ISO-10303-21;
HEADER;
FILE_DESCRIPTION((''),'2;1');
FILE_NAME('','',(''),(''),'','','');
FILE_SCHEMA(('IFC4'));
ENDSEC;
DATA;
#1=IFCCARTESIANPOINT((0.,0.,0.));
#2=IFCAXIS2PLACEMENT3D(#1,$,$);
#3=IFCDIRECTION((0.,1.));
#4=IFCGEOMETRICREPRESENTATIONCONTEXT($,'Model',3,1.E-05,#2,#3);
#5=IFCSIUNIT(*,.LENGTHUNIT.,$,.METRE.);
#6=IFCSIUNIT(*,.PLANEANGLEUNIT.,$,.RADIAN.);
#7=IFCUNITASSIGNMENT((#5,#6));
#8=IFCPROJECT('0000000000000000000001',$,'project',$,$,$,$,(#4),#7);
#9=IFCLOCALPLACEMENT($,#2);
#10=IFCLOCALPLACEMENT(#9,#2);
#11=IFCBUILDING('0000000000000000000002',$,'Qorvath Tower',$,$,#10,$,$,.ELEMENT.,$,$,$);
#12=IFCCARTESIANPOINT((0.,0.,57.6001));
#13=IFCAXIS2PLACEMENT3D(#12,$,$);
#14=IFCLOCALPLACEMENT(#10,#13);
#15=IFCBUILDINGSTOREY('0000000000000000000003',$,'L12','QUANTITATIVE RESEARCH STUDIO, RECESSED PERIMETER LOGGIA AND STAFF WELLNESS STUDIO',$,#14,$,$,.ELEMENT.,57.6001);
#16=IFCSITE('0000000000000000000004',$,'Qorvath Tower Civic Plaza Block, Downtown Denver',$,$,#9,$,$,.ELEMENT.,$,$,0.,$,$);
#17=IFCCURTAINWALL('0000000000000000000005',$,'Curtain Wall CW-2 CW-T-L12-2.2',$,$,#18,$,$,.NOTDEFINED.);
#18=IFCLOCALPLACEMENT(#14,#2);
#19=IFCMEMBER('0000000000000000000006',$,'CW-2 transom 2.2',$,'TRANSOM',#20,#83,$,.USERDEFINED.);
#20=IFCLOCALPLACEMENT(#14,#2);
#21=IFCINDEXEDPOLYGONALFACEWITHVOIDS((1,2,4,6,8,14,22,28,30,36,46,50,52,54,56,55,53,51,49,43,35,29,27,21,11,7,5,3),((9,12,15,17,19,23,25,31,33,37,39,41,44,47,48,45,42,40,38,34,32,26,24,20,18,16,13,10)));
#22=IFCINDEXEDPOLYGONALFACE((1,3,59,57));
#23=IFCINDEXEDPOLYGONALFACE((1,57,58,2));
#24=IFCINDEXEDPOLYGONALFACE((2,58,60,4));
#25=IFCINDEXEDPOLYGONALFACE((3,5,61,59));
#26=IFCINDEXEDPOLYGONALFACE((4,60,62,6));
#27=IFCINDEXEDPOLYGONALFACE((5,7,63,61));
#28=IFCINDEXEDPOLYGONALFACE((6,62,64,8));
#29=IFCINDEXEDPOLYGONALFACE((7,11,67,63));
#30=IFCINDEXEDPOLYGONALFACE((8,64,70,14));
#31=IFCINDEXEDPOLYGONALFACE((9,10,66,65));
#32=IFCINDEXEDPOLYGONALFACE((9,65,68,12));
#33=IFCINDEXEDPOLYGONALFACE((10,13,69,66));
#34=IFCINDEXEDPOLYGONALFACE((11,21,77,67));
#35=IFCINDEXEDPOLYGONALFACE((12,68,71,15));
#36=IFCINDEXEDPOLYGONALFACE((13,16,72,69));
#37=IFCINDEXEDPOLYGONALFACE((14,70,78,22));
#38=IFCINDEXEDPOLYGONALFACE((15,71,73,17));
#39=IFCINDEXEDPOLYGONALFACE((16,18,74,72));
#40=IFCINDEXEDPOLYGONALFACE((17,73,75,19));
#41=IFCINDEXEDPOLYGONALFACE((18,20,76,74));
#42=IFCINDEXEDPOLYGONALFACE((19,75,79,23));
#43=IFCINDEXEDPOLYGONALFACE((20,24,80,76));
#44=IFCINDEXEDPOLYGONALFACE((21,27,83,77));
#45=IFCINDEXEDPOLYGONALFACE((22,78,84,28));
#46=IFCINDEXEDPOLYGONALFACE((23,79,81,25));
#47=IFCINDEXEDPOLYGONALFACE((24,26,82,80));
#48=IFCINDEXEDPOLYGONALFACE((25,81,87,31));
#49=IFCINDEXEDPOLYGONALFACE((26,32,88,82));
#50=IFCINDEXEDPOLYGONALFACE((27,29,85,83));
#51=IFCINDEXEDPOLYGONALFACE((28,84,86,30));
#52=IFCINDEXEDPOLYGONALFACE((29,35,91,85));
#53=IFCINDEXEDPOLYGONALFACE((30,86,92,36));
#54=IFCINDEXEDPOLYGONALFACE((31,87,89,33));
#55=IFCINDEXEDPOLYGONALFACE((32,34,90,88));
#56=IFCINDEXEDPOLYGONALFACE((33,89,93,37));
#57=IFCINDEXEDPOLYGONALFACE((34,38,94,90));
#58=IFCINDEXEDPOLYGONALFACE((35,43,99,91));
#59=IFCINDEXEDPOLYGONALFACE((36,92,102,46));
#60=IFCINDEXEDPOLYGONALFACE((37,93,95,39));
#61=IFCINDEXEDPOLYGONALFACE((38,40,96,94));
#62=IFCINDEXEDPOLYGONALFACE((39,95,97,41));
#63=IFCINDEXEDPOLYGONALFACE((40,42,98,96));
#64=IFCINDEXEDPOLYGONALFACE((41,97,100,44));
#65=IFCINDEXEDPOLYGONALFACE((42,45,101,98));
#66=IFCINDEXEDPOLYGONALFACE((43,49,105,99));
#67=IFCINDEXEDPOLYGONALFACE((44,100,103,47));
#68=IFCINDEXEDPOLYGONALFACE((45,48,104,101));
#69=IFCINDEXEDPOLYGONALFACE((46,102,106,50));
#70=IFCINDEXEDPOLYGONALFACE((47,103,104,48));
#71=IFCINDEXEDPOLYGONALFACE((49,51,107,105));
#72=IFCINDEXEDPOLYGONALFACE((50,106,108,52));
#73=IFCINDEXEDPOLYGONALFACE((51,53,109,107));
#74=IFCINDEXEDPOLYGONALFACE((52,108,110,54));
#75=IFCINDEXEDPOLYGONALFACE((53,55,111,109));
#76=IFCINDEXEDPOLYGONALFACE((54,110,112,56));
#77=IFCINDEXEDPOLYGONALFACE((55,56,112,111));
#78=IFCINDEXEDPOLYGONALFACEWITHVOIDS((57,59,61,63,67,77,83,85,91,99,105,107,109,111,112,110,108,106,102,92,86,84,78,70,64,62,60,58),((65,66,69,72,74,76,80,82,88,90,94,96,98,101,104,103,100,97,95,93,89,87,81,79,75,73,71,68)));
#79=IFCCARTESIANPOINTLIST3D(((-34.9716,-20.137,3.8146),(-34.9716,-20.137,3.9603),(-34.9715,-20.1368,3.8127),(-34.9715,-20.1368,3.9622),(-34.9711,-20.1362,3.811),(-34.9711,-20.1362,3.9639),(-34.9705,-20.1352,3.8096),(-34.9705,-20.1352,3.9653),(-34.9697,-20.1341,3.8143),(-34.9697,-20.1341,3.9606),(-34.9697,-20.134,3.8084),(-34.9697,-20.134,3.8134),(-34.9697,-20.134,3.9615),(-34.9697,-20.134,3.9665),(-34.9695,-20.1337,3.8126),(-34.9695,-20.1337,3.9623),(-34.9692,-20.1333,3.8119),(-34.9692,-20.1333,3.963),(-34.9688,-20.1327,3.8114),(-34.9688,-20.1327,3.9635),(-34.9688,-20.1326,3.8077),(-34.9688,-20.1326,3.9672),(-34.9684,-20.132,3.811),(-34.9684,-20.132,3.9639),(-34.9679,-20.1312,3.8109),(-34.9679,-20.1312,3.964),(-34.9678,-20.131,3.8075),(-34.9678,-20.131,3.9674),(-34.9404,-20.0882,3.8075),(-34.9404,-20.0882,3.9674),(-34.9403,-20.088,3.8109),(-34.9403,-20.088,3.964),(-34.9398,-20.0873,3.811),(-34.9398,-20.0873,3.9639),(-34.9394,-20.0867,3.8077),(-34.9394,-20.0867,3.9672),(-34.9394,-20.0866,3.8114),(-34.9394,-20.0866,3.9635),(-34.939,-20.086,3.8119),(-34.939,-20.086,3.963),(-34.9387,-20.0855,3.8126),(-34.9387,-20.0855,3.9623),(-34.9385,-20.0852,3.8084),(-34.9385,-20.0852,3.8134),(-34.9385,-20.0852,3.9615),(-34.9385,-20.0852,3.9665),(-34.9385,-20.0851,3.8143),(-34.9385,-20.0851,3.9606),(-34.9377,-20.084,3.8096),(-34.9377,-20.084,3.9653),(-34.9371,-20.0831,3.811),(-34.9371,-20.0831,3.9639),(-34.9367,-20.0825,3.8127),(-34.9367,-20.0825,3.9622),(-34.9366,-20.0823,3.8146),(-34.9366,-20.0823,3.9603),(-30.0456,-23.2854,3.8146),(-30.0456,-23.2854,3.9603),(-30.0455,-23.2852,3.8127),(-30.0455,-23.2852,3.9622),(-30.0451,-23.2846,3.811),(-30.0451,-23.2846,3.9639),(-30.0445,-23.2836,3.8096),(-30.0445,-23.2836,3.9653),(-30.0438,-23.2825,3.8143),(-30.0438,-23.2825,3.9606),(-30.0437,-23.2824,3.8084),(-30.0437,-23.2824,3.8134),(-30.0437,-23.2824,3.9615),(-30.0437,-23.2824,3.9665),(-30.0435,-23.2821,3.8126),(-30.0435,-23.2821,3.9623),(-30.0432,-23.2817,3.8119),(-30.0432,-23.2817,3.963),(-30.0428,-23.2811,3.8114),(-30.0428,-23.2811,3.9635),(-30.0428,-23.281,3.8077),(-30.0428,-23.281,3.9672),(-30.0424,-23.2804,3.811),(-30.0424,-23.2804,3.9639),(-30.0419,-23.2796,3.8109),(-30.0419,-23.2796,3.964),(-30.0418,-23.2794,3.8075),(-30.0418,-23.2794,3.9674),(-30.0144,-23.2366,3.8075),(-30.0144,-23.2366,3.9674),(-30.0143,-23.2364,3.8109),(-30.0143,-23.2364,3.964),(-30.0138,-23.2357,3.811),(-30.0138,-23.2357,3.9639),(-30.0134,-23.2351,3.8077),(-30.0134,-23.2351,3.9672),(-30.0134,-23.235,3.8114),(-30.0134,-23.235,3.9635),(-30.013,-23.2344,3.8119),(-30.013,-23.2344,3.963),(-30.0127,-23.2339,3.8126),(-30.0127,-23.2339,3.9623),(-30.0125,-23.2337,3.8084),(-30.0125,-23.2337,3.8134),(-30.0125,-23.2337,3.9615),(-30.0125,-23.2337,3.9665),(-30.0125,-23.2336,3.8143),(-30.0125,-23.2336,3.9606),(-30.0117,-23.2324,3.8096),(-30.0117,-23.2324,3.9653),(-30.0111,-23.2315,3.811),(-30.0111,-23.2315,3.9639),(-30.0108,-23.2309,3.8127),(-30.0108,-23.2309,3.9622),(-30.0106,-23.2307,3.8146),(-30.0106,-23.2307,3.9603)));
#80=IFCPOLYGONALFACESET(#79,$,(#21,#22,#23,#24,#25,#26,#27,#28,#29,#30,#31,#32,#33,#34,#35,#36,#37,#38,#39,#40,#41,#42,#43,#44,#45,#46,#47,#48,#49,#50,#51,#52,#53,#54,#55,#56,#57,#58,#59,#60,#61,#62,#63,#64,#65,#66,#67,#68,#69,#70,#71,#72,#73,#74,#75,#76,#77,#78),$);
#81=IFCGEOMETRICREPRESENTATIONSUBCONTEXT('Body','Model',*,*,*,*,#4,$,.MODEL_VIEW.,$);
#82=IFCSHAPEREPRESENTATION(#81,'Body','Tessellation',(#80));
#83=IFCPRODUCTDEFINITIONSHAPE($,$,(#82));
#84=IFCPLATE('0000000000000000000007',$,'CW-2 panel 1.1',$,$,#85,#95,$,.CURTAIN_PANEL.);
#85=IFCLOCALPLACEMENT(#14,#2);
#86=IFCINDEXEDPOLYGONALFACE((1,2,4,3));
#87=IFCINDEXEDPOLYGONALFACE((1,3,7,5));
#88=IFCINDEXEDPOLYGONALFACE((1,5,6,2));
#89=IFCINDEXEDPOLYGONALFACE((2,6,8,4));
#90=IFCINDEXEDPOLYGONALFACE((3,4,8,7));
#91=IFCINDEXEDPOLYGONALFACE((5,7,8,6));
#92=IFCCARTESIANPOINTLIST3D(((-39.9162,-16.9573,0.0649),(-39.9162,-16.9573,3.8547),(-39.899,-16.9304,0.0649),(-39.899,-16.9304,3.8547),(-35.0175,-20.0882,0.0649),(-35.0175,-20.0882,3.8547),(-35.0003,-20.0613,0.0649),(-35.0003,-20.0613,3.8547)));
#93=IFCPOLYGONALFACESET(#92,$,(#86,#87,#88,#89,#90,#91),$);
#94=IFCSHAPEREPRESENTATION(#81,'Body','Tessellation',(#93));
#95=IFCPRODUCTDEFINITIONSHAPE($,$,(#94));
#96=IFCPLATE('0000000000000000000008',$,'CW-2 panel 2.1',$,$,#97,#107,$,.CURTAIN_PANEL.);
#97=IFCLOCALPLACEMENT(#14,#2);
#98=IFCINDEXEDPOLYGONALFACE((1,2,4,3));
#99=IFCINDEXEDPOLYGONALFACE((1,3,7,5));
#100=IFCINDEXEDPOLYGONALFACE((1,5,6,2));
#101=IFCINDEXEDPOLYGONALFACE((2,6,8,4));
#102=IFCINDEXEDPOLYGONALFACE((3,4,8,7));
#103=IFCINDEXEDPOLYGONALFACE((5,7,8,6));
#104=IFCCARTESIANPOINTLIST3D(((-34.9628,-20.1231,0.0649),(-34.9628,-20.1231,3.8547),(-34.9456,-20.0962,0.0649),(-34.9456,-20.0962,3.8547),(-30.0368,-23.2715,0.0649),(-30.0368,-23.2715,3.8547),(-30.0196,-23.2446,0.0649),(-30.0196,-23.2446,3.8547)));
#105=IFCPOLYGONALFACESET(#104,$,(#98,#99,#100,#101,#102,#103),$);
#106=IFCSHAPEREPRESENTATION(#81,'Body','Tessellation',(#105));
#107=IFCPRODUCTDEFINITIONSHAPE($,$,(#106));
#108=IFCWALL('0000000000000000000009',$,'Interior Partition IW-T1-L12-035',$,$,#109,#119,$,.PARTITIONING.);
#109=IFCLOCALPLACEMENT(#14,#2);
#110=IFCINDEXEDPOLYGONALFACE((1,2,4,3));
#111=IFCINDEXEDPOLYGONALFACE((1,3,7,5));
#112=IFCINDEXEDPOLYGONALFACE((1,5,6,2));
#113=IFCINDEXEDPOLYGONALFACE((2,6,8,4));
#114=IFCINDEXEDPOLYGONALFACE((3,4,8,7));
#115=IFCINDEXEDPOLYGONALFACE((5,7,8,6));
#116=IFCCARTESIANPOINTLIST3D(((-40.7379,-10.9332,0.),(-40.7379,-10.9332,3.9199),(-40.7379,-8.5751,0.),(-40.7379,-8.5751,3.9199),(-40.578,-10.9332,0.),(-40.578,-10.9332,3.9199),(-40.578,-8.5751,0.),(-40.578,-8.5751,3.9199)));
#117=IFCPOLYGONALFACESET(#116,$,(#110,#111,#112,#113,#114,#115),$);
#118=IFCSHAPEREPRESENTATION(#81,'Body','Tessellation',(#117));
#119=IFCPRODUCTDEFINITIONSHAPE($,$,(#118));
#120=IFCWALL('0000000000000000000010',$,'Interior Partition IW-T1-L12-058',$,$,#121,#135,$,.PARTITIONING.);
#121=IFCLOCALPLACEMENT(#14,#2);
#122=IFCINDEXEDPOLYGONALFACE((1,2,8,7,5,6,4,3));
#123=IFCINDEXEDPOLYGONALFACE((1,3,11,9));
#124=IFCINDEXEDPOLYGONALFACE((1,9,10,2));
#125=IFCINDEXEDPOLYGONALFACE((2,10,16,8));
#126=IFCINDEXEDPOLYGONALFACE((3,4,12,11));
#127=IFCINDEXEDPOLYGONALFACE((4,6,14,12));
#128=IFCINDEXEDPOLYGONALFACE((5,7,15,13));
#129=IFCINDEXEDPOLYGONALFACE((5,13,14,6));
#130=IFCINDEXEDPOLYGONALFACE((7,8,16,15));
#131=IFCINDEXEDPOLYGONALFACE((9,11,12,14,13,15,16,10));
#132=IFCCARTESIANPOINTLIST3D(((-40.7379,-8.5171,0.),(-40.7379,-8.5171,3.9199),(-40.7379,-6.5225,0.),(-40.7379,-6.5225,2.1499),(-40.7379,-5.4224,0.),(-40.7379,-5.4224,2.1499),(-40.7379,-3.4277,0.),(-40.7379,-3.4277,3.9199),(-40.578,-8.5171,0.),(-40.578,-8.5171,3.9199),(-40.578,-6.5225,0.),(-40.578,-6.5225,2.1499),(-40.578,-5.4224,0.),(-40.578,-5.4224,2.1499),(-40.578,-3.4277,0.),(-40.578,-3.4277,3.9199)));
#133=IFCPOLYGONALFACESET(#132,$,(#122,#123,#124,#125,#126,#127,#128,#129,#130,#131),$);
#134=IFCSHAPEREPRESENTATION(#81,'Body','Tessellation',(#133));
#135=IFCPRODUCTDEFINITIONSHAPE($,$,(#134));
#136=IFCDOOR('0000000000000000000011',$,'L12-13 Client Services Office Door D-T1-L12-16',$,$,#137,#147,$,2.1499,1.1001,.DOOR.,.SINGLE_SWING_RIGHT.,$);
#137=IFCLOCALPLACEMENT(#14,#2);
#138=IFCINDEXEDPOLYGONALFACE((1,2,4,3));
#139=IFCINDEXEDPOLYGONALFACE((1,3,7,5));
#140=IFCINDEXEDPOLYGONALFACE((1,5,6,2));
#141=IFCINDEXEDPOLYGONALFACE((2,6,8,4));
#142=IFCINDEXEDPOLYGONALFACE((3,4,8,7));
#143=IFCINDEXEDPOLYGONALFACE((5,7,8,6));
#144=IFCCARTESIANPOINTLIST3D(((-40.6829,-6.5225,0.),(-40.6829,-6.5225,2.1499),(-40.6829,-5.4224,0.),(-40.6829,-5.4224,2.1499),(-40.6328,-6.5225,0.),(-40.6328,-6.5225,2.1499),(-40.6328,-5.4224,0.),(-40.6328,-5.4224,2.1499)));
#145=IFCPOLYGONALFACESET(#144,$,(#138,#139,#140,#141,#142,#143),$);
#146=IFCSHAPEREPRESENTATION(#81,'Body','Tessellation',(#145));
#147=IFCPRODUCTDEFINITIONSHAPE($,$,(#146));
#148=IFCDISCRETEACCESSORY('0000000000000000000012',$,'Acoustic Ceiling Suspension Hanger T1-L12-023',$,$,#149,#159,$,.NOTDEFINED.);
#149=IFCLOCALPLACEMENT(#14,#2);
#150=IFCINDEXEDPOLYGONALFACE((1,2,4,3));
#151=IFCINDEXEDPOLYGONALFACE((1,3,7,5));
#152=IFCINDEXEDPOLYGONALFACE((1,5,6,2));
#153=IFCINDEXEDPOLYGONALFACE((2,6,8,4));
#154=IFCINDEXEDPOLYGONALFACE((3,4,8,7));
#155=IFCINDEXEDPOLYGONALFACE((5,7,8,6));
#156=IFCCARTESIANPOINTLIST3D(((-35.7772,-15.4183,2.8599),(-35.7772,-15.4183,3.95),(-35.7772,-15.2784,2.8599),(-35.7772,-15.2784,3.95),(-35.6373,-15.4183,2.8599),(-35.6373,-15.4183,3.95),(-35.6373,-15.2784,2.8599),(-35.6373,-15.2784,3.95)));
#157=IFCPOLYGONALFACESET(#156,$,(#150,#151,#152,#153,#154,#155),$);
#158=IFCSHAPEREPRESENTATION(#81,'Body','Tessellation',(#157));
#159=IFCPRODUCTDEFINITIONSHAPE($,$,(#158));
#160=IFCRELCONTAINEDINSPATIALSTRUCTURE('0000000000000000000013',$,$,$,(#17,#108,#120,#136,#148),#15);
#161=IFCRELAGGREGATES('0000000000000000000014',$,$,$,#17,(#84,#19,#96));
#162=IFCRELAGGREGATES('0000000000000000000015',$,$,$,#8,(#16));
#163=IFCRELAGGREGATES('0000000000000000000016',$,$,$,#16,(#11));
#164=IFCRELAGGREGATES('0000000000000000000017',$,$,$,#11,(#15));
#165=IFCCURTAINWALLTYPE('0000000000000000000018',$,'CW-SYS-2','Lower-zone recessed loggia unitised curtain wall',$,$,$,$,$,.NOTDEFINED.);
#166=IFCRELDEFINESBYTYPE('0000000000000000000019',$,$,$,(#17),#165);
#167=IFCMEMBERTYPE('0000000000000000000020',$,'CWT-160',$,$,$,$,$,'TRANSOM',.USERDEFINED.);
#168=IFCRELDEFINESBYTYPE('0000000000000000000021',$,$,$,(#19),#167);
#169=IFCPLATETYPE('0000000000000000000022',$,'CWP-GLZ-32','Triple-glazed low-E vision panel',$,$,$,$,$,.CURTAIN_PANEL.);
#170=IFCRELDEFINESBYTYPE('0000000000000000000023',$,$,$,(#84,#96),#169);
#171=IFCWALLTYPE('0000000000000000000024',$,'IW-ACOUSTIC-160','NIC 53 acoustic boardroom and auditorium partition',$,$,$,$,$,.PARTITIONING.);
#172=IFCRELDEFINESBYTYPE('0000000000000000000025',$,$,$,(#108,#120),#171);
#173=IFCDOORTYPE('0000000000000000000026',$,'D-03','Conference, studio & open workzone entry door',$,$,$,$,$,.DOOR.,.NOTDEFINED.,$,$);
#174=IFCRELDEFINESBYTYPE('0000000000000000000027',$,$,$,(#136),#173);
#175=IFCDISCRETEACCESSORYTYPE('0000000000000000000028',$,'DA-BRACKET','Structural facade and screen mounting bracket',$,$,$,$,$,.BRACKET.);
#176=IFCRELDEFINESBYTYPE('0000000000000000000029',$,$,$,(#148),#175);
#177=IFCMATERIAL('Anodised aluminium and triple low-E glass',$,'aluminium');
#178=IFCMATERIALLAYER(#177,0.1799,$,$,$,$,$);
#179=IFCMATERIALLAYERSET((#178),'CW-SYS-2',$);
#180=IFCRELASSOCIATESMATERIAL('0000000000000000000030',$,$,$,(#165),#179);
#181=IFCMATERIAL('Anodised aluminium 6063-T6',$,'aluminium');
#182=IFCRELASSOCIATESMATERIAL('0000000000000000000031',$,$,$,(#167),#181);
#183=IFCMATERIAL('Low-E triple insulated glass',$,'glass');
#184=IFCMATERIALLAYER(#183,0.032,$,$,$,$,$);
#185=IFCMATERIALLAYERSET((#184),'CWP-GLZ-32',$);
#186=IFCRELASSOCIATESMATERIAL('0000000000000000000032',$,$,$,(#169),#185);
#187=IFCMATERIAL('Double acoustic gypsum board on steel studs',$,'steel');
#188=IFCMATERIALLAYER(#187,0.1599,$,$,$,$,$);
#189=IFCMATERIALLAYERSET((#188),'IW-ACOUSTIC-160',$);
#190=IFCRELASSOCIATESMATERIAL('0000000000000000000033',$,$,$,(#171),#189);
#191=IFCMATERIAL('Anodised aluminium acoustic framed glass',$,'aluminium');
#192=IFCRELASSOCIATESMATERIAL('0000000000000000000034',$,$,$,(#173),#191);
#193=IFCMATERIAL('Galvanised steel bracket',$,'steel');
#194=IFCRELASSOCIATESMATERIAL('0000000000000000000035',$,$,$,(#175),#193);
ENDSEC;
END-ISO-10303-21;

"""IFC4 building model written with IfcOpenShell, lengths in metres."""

from ifc_helpers import new_model, si_unit, direction, frame, frame_2d, origin, origin_2d, place, context, subcontext, project, spatial, rectangle, hollow_rectangle, extrude, material, layer, layer_set, material_profile, profile_set, type_object, element, fill, aggregate, save


model = new_model("IFC4")

# Units and contexts
model_context = context("Model", 3, precision=1e-05, world=origin(), true_north=direction((0.0, 1.0)))
body_context = subcontext(model_context, "Body", "Model", "MODEL_VIEW")
ifc_project = project(units=[si_unit("LENGTHUNIT", "METRE"), si_unit("PLANEANGLEUNIT", "RADIAN")], contexts=[model_context])

# Site, building, storey
site_placement = place(None, origin())
site = spatial("IfcSite", under=ifc_project, at=site_placement, Name="Qorvath Tower Civic Plaza Block, Downtown Denver", CompositionType="ELEMENT", RefElevation=0.0)
building_placement = place(site_placement, origin())
building = spatial("IfcBuilding", under=site, at=building_placement, Name="Qorvath Tower", CompositionType="ELEMENT")
storey_placement = place(building_placement, frame((0.0, 0.0, 57.6001)))
storey = spatial("IfcBuildingStorey", under=building, at=storey_placement, Name="L12", Description="QUANTITATIVE RESEARCH STUDIO, RECESSED PERIMETER LOGGIA AND STAFF WELLNESS STUDIO", CompositionType="ELEMENT", Elevation=57.6001)

# Shared definitions
ifc_material_1 = material(Name="Anodised aluminium and triple low-E glass", Category="aluminium")
ifc_layer_1 = layer(ifc_material_1, 0.1799)
ifc_layer_set_1 = layer_set([ifc_layer_1], Name="CW-SYS-2")
curtain_wall_type = type_object("IfcCurtainWallType", Name="CW-SYS-2", Description="Lower-zone recessed loggia unitised curtain wall", PredefinedType="NOTDEFINED", material=ifc_layer_set_1)

# Curtain wall, member, plates
curtain_wall_1_placement = place(storey_placement, origin())
curtain_wall_1 = element("IfcCurtainWall", 1, at=curtain_wall_1_placement, inside=storey, type_object=curtain_wall_type, Name="Curtain Wall CW-2 CW-T-L12-2.2", PredefinedType="NOTDEFINED")
ifc_material_2 = material(Name="Anodised aluminium 6063-T6", Category="aluminium")
ifc_material_profile_1 = material_profile(ifc_material_2, hollow_rectangle(XDim=0.0649, YDim=0.1599, WallThickness=0.0034, InnerFilletRadius=0.0034, OuterFilletRadius=0.0071, at=origin_2d()), Name="CWT 160x65")
ifc_profile_set_1 = profile_set([ifc_material_profile_1], Name="Anodised aluminium 6063-T6")
member_type_1 = type_object("IfcMemberType", Name="CWT-160", ElementType="TRANSOM", PredefinedType="USERDEFINED", material=ifc_profile_set_1)
member_1_placement = place(storey_placement, frame((-34.9541, -20.1096, 3.8875), z_axis=(0.842599, -0.538542, 0.0), x_axis=(0.538542, 0.842599, 0.0)))
member_1 = element("IfcMember", 2, at=member_1_placement, type_object=member_type_1, Name="CW-2 transom 2.2", ObjectType="TRANSOM", PredefinedType="USERDEFINED", context=body_context, shape_type="SweptSolid", body=[
    extrude(hollow_rectangle(XDim=0.0649, YDim=0.1599, WallThickness=0.0034, InnerFilletRadius=0.0034, OuterFilletRadius=0.0071, at=origin_2d()), origin(), (0.0, 0.0, 1.0), 5.8462),
])
ifc_material_3 = material(Name="Low-E triple insulated glass", Category="glass")
ifc_layer_2 = layer(ifc_material_3, 0.032)
ifc_layer_set_2 = layer_set([ifc_layer_2], Name="CWP-GLZ-32")
plate_type = type_object("IfcPlateType", Name="CWP-GLZ-32", Description="Triple-glazed low-E vision panel", PredefinedType="CURTAIN_PANEL", material=ifc_layer_set_2)
plate_1_placement = place(storey_placement, frame((-37.4583, -18.5093, 0.0649), z_axis=(0.0, 0.0, 1.0), x_axis=(0.842602, -0.538536, 0.0)))
plate_1 = element("IfcPlate", 3, at=plate_1_placement, type_object=plate_type, Name="CW-2 panel 1.1", PredefinedType="CURTAIN_PANEL", context=body_context, shape_type="SweptSolid", body=[
    extrude(rectangle(XDim=5.8137, YDim=0.032, at=origin_2d()), origin(), (0.0, 0.0, 1.0), 3.7898),
])
plate_2_placement = place(storey_placement, frame((-32.4912, -21.6838, 0.0649), z_axis=(0.0, 0.0, 1.0), x_axis=(0.842602, -0.538536, 0.0)))
plate_2 = element("IfcPlate", 4, at=plate_2_placement, type_object=plate_type, Name="CW-2 panel 2.1", PredefinedType="CURTAIN_PANEL", context=body_context, shape_type="SweptSolid", body=[
    extrude(rectangle(XDim=5.8462, YDim=0.032, at=origin_2d()), origin(), (0.0, 0.0, 1.0), 3.7898),
])
aggregate(curtain_wall_1, [plate_1, member_1, plate_2])

# Wall
ifc_material_4 = material(Name="Double acoustic gypsum board on steel studs", Category="steel")
ifc_layer_3 = layer(ifc_material_4, 0.1599)
ifc_layer_set_3 = layer_set([ifc_layer_3], Name="IW-ACOUSTIC-160")
wall_type = type_object("IfcWallType", Name="IW-ACOUSTIC-160", Description="NIC 53 acoustic boardroom and auditorium partition", PredefinedType="PARTITIONING", material=ifc_layer_set_3)
wall_1_placement = place(storey_placement, frame((-40.658, -8.575, 0.0), z_axis=(0.0, 0.0, 1.0), x_axis=(0.0, -1.0, 0.0)))
element("IfcWall", 5, at=wall_1_placement, inside=storey, type_object=wall_type, Name="Interior Partition IW-T1-L12-035", PredefinedType="PARTITIONING", context=body_context, shape_type="SweptSolid", body=[
    extrude(rectangle(XDim=2.3582, YDim=0.1599, at=frame_2d((1.1792, 0.0))), origin(), (0.0, 0.0, 1.0), 3.9199),
])

# Wall, opening, door
wall_2_placement = place(storey_placement, frame((-40.658, -8.5171, 0.0), z_axis=(0.0, 0.0, 1.0), x_axis=(0.0, 1.0, 0.0)))
wall_2 = element("IfcWall", 6, at=wall_2_placement, inside=storey, type_object=wall_type, Name="Interior Partition IW-T1-L12-058", PredefinedType="PARTITIONING", context=body_context, shape_type="SweptSolid", body=[
    extrude(rectangle(XDim=5.0894, YDim=0.1599, at=frame_2d((2.5447, 0.0))), origin(), (0.0, 0.0, 1.0), 3.9199),
])
opening_placement = place(wall_2_placement, frame((1.9946, 0.0, 0.0)))
opening = element("IfcOpeningElement", 7, at=opening_placement, cuts=wall_2, PredefinedType="OPENING", context=body_context, shape_type="SweptSolid", body=[
    extrude(rectangle(XDim=1.1001, YDim=2.1499, at=frame_2d((0.55, 1.075))), frame((0.0, 0.0898, 0.0), z_axis=(0.0, -1.0, 0.0), x_axis=(1.0, 0.0, 0.0)), (0.0, 0.0, 1.0), 0.1799),
])
ifc_material_5 = material(Name="Anodised aluminium acoustic framed glass", Category="aluminium")
door_type = type_object("IfcDoorType", Name="D-03", Description="Conference, studio & open workzone entry door", OperationType="NOTDEFINED", PredefinedType="DOOR", material=ifc_material_5)
door_placement = place(opening_placement, origin())
door = element("IfcDoor", 8, at=door_placement, inside=storey, type_object=door_type, Name="L12-13 Client Services Office Door D-T1-L12-16", OperationType="SINGLE_SWING_RIGHT", OverallHeight=2.1499, OverallWidth=1.1001, PredefinedType="DOOR", context=body_context, shape_type="SweptSolid", body=[
    extrude(rectangle(XDim=1.1001, YDim=2.1499, at=frame_2d((0.55, 1.075))), frame((0.0, 0.0249, 0.0), z_axis=(0.0, -1.0, 0.0), x_axis=(1.0, 0.0, 0.0)), (0.0, 0.0, 1.0), 0.05),
])
fill(opening, door)

# Discrete accessory
ifc_material_6 = material(Name="Galvanised steel bracket", Category="steel")
discrete_accessory_type = type_object("IfcDiscreteAccessoryType", Name="DA-BRACKET", Description="Structural facade and screen mounting bracket", PredefinedType="BRACKET", material=ifc_material_6)
discrete_accessory_placement = place(storey_placement, frame((-35.7073, -15.3484, 2.8599), z_axis=(0.0, 0.0, 1.0), x_axis=(1.0, 0.0, 0.0)))
element("IfcDiscreteAccessory", 9, at=discrete_accessory_placement, inside=storey, type_object=discrete_accessory_type, Name="Acoustic Ceiling Suspension Hanger T1-L12-023", PredefinedType="NOTDEFINED", context=body_context, shape_type="SweptSolid", body=[
    extrude(rectangle(XDim=0.1399, YDim=0.1399, at=origin_2d()), origin(), (0.0, 0.0, 1.0), 1.0901),
])

save(model, "model.ifc")
